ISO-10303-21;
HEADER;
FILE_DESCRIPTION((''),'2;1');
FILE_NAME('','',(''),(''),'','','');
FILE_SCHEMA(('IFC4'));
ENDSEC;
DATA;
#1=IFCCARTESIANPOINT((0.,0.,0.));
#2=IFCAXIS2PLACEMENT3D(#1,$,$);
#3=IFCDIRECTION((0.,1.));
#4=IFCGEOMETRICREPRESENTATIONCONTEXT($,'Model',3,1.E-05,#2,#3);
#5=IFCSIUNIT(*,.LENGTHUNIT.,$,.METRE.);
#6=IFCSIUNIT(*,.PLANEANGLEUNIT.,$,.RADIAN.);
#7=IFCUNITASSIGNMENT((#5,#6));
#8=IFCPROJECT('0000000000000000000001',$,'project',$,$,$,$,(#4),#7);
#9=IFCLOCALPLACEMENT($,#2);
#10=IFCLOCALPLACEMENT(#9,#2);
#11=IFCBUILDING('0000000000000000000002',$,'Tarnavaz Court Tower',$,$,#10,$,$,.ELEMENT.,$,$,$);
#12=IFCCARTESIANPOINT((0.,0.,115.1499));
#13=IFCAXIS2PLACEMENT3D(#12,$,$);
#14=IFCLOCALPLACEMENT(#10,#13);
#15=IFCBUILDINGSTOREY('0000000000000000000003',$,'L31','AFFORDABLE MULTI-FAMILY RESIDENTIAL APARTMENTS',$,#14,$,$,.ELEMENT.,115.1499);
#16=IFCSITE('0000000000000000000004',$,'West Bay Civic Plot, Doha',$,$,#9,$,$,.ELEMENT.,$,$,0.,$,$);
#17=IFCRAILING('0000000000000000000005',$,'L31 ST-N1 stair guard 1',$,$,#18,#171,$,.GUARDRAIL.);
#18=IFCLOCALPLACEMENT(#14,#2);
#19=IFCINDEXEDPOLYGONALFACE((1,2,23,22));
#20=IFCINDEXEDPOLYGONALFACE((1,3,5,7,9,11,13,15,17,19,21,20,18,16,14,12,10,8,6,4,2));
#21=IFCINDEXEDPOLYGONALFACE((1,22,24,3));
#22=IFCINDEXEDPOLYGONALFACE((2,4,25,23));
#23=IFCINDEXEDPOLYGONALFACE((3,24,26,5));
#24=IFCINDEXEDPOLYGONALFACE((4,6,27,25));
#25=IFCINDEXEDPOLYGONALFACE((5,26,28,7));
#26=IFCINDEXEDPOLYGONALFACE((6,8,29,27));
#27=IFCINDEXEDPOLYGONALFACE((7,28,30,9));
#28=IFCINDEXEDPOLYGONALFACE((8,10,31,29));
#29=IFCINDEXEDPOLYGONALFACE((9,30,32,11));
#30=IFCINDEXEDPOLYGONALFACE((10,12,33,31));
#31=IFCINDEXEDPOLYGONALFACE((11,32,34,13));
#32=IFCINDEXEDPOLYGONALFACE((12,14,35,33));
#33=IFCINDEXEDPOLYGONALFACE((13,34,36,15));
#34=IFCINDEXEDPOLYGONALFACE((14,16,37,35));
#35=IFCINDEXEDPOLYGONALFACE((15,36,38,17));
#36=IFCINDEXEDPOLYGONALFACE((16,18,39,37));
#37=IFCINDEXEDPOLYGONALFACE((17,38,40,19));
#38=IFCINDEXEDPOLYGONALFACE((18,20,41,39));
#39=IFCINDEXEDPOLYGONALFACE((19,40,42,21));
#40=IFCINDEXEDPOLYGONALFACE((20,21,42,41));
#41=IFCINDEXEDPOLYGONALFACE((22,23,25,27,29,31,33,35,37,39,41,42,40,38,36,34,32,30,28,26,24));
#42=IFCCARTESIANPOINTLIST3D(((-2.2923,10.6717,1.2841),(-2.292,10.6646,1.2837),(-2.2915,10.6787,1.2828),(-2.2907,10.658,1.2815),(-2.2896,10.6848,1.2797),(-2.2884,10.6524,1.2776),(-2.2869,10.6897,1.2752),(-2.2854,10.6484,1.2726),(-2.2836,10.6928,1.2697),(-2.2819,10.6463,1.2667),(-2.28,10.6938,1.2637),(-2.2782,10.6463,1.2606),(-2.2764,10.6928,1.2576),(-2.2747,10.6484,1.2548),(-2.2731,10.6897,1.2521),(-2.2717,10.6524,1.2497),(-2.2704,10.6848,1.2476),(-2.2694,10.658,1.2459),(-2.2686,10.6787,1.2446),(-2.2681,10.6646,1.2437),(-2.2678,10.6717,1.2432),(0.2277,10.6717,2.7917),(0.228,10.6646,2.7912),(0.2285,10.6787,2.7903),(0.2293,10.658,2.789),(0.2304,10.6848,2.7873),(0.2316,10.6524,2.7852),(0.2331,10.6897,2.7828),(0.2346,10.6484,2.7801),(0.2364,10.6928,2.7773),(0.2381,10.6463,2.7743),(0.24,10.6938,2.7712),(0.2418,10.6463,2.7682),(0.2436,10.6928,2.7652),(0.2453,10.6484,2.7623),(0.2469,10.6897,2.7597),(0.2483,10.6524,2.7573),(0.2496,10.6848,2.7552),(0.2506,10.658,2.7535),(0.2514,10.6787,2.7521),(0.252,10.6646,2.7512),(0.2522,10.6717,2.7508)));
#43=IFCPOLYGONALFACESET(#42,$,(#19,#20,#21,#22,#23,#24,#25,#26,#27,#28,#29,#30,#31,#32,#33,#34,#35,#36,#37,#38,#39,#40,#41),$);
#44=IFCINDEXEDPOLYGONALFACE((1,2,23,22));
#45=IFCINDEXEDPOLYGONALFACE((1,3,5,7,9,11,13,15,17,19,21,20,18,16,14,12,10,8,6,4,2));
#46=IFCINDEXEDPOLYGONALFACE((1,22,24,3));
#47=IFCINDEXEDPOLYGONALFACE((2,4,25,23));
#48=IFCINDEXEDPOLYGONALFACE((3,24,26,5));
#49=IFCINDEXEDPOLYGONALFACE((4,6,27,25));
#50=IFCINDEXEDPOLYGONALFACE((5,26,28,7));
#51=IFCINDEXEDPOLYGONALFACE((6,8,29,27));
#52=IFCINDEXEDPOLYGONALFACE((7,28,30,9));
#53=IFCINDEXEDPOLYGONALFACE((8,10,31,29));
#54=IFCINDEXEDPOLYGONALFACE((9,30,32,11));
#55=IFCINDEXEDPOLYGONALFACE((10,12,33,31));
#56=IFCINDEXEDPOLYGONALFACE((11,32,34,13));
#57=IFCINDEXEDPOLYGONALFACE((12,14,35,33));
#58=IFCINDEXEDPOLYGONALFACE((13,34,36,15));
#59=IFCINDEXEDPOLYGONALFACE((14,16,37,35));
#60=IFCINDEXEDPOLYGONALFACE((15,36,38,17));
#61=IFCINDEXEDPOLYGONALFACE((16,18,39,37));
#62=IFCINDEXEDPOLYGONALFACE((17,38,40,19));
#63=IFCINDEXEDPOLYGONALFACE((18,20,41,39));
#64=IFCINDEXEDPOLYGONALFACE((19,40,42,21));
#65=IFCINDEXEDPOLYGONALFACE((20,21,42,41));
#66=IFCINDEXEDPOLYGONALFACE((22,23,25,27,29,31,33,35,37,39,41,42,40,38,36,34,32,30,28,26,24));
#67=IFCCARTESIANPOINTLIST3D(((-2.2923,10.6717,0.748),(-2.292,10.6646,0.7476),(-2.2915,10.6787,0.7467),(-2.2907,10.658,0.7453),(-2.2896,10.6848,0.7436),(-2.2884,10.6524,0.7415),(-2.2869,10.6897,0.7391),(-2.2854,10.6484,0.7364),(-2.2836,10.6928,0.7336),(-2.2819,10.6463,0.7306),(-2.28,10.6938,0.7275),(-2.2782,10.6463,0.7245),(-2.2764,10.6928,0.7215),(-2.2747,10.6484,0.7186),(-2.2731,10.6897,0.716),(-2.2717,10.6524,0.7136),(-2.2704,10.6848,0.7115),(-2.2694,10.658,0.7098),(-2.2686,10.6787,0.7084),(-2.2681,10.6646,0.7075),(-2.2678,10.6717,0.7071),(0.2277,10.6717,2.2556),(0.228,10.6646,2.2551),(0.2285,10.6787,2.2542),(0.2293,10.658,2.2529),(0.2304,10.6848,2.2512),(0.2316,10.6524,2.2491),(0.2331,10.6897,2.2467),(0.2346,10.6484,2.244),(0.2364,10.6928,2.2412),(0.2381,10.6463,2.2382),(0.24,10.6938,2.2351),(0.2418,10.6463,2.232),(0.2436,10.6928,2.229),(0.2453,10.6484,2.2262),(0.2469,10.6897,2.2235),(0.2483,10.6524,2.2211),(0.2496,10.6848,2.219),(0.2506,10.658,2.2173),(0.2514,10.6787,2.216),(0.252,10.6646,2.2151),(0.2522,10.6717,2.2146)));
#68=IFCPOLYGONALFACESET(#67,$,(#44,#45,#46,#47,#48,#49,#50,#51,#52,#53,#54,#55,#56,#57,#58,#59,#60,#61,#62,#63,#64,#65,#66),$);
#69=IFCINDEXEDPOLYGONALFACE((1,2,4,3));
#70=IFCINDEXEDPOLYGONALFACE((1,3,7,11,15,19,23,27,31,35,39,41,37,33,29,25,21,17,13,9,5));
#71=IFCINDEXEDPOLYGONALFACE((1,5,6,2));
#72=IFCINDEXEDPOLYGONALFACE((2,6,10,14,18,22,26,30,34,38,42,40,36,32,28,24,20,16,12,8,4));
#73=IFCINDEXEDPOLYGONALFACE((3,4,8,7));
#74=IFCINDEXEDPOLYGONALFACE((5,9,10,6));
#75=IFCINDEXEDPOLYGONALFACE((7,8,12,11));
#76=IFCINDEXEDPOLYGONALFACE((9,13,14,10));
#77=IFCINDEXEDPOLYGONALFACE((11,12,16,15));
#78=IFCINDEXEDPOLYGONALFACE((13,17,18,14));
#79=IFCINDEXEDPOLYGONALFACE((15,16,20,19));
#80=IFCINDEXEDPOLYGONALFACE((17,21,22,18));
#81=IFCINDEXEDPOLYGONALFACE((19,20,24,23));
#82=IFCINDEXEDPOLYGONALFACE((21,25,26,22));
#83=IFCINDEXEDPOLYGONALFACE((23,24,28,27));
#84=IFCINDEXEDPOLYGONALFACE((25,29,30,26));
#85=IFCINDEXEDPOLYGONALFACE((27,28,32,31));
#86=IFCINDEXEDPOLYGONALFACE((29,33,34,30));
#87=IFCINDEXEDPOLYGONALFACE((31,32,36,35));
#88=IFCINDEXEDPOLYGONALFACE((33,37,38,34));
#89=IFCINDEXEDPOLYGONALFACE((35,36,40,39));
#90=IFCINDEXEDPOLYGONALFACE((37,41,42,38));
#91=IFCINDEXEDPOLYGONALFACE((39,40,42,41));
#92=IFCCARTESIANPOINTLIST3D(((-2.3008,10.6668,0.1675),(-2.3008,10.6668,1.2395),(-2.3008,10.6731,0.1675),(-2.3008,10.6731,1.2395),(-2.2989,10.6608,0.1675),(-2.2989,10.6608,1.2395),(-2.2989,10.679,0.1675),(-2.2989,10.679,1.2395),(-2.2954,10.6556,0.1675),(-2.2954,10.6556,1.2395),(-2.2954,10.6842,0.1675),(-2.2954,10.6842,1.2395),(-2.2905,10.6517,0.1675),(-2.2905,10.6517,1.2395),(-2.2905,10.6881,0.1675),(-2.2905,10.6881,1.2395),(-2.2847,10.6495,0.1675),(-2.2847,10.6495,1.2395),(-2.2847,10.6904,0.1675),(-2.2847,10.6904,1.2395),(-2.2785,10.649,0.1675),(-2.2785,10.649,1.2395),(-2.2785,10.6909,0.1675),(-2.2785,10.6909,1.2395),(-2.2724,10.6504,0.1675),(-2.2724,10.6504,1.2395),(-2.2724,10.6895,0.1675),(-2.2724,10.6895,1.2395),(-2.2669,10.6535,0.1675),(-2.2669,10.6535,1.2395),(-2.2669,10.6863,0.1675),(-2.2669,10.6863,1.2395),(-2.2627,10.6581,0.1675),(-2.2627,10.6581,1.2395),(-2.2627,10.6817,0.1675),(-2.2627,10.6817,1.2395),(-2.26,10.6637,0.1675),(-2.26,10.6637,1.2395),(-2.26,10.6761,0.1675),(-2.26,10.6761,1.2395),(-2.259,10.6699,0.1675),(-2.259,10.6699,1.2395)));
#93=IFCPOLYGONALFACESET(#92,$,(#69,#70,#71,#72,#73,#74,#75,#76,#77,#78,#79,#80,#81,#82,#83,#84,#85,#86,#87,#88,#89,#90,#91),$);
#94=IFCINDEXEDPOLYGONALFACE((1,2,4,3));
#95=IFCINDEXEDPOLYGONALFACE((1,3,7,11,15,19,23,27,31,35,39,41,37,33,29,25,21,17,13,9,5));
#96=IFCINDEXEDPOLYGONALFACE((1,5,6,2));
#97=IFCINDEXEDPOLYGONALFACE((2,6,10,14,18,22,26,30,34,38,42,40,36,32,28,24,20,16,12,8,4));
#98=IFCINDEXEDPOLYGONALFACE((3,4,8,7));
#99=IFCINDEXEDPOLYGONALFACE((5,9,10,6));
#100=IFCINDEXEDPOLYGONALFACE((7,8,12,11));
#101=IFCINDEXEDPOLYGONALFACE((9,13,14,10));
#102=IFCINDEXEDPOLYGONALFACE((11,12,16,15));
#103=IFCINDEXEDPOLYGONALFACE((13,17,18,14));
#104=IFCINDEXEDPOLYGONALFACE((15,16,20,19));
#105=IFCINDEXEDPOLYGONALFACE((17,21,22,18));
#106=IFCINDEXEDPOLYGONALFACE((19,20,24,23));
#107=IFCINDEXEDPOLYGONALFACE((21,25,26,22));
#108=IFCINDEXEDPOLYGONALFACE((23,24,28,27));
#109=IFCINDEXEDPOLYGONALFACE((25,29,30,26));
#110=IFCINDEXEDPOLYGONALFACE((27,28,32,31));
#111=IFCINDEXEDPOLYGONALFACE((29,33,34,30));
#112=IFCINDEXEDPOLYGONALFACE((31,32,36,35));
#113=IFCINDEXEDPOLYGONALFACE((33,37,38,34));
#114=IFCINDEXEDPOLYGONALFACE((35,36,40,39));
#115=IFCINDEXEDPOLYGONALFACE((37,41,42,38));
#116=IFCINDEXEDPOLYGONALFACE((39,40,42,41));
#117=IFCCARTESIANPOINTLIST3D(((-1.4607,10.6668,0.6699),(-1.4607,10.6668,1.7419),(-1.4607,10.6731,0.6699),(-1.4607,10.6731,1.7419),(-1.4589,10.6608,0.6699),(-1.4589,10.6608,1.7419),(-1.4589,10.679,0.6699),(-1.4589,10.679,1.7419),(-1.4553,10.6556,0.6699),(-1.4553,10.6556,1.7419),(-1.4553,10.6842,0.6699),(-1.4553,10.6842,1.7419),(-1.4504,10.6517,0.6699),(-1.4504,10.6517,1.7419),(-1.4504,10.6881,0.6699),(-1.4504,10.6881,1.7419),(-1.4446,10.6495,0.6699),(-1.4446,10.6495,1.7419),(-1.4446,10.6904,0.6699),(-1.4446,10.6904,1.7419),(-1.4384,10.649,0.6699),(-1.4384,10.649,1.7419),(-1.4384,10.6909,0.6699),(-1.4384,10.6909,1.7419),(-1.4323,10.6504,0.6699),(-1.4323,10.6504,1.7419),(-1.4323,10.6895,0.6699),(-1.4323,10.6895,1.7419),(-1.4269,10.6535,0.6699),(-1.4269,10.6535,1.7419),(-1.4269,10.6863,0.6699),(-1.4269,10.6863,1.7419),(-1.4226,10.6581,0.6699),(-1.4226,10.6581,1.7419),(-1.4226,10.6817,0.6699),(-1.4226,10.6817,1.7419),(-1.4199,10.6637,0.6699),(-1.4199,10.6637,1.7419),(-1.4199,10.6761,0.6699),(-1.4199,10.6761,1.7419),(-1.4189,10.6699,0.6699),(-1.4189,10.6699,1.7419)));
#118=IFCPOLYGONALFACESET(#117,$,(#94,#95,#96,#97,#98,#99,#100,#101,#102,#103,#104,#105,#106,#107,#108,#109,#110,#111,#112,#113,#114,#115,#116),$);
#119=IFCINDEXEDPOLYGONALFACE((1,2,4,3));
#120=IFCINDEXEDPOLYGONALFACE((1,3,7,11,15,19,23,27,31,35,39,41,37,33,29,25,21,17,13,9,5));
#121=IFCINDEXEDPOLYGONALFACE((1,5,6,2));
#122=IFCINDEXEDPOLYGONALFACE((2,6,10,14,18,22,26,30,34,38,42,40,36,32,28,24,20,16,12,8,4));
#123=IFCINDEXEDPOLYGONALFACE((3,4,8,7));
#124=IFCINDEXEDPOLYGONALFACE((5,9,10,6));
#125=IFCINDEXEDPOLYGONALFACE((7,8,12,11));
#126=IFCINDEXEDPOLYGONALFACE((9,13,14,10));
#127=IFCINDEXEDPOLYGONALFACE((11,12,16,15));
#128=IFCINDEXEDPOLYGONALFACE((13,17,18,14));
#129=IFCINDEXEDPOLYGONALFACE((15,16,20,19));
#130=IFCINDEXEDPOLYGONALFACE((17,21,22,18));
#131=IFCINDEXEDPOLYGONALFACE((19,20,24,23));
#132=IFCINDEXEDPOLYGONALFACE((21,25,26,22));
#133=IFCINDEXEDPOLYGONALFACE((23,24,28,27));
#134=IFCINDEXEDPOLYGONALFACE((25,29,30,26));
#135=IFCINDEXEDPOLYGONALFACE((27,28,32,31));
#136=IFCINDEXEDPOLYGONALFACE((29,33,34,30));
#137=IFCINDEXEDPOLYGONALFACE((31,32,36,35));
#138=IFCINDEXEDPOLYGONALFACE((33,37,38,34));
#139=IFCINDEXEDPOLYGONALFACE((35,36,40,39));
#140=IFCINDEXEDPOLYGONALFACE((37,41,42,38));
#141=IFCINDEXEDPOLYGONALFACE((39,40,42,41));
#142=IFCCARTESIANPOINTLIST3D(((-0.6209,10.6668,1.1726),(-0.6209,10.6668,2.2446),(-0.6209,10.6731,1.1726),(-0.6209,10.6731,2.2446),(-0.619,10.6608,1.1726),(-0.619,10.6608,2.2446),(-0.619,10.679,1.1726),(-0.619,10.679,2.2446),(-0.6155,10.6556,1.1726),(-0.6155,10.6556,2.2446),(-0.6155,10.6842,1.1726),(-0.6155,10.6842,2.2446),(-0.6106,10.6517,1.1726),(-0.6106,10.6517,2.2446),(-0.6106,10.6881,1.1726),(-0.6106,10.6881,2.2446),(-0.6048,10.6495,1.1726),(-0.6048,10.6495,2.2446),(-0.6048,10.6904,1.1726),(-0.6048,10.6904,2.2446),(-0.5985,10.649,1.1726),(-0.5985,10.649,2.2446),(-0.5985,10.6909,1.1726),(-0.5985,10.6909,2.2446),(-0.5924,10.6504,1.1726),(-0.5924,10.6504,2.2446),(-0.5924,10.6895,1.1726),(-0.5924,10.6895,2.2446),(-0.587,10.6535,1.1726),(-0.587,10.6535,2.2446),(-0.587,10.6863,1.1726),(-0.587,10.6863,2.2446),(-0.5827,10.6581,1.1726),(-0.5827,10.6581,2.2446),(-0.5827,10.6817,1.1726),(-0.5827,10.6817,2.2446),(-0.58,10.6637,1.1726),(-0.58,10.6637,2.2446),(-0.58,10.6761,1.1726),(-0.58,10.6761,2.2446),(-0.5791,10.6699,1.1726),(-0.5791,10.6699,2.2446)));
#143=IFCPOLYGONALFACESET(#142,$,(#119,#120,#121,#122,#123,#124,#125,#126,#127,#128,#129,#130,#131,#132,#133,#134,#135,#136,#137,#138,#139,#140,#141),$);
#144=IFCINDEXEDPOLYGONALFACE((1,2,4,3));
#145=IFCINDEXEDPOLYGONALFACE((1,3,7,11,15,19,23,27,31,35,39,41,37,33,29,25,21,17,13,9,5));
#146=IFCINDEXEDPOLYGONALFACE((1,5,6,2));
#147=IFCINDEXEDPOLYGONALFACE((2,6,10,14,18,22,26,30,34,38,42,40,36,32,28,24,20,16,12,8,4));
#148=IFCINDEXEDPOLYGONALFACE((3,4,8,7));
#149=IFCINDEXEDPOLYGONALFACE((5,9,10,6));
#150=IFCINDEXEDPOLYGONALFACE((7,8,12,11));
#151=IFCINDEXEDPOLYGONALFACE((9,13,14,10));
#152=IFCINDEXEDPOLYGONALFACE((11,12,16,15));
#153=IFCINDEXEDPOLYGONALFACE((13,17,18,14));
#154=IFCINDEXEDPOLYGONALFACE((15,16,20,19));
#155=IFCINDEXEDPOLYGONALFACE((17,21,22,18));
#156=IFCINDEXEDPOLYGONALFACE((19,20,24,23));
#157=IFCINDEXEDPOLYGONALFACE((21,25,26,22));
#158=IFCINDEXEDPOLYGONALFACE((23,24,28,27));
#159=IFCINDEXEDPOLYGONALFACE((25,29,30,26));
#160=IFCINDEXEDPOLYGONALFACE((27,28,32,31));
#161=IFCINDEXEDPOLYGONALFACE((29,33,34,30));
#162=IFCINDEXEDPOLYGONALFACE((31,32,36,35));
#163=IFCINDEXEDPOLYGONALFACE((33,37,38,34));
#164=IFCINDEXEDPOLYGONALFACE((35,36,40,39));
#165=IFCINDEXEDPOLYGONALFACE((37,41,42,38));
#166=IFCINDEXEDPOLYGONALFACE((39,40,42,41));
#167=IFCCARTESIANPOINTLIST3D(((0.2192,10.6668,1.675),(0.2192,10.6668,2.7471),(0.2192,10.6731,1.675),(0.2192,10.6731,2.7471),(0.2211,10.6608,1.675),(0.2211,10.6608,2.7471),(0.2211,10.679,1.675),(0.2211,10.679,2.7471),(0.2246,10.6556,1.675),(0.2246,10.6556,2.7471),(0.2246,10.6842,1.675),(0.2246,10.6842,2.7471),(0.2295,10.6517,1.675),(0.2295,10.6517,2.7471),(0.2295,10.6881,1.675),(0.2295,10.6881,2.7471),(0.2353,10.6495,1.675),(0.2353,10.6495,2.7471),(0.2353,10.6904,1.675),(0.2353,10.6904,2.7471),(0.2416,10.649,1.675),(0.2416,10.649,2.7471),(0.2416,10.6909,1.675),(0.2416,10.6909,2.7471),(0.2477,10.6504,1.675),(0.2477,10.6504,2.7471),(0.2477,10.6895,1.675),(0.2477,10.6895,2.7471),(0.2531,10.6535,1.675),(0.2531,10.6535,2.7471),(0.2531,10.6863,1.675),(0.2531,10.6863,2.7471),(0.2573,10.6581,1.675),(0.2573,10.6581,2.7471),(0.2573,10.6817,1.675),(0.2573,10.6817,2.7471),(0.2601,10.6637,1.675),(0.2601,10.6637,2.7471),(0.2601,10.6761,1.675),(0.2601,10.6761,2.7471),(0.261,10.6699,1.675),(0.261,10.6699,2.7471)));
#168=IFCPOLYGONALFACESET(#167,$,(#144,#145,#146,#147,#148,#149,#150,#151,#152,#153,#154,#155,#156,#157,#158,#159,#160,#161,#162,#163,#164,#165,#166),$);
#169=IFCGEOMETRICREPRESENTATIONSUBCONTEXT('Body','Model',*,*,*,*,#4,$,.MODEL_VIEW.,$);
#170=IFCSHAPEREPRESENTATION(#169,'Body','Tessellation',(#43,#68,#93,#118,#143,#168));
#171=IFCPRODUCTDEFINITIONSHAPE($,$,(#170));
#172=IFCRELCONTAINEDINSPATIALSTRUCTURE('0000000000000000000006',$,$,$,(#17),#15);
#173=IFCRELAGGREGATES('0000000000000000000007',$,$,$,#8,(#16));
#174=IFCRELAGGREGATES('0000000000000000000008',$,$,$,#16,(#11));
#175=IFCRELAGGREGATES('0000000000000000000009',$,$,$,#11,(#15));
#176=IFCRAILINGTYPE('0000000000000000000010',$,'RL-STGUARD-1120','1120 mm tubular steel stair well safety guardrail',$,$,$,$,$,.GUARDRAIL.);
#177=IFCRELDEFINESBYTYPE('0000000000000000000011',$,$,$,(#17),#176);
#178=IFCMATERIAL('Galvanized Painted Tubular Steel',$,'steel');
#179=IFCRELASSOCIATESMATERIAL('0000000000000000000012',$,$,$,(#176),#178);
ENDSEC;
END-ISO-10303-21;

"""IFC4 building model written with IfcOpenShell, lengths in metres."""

from ifc_helpers import new_model, si_unit, direction, frame, origin, origin_2d, place, context, subcontext, project, spatial, circle, extrude, material, type_object, element, save


model = new_model("IFC4")

# Units and contexts
model_context = context("Model", 3, precision=1e-05, world=origin(), true_north=direction((0.0, 1.0)))
body_context = subcontext(model_context, "Body", "Model", "MODEL_VIEW")
ifc_project = project(units=[si_unit("LENGTHUNIT", "METRE"), si_unit("PLANEANGLEUNIT", "RADIAN")], contexts=[model_context])

# Site, building, storey
site_placement = place(None, origin())
site = spatial("IfcSite", under=ifc_project, at=site_placement, Name="West Bay Civic Plot, Doha", CompositionType="ELEMENT", RefElevation=0.0)
building_placement = place(site_placement, origin())
building = spatial("IfcBuilding", under=site, at=building_placement, Name="Tarnavaz Court Tower", CompositionType="ELEMENT")
storey_placement = place(building_placement, frame((0.0, 0.0, 115.1499)))
storey = spatial("IfcBuildingStorey", under=building, at=storey_placement, Name="L31", Description="AFFORDABLE MULTI-FAMILY RESIDENTIAL APARTMENTS", CompositionType="ELEMENT", Elevation=115.1499)

# Railing
ifc_material_1 = material(Name="Galvanized Painted Tubular Steel", Category="steel")
railing_type_1 = type_object("IfcRailingType", Name="RL-STGUARD-1120", Description="1120 mm tubular steel stair well safety guardrail", PredefinedType="GUARDRAIL", material=ifc_material_1)
railing_1_placement = place(storey_placement, frame((-2.28, 10.6699, 0.1675)))
element("IfcRailing", 1, at=railing_1_placement, inside=storey, type_object=railing_type_1, Name="L31 ST-N1 stair guard 1", PredefinedType="GUARDRAIL", context=body_context, shape_type="SweptSolid", body=[
    extrude(circle(Radius=0.0239, at=origin_2d()), frame((0.0, 0.0, 1.0962), z_axis=(0.85816, 0.0, 0.513383), x_axis=(0.0, 1.0, 0.0)), (0.0, 0.0, 1.0), 2.9365),
    extrude(circle(Radius=0.0239, at=origin_2d()), frame((0.0, 0.0, 0.5601), z_axis=(0.85816, 0.0, 0.513383), x_axis=(0.0, 1.0, 0.0)), (0.0, 0.0, 1.0), 2.9365),
    extrude(circle(Radius=0.021, at=origin_2d()), origin(), (0.0, 0.0, 1.0), 1.072),
    extrude(circle(Radius=0.021, at=origin_2d()), frame((0.8401, 0.0, 0.5024)), (0.0, 0.0, 1.0), 1.072),
    extrude(circle(Radius=0.021, at=origin_2d()), frame((1.6799, 0.0, 1.0051)), (0.0, 0.0, 1.0), 1.072),
    extrude(circle(Radius=0.021, at=origin_2d()), frame((2.52, 0.0, 1.5076)), (0.0, 0.0, 1.0), 1.072),
])

save(model, "model.ifc")
